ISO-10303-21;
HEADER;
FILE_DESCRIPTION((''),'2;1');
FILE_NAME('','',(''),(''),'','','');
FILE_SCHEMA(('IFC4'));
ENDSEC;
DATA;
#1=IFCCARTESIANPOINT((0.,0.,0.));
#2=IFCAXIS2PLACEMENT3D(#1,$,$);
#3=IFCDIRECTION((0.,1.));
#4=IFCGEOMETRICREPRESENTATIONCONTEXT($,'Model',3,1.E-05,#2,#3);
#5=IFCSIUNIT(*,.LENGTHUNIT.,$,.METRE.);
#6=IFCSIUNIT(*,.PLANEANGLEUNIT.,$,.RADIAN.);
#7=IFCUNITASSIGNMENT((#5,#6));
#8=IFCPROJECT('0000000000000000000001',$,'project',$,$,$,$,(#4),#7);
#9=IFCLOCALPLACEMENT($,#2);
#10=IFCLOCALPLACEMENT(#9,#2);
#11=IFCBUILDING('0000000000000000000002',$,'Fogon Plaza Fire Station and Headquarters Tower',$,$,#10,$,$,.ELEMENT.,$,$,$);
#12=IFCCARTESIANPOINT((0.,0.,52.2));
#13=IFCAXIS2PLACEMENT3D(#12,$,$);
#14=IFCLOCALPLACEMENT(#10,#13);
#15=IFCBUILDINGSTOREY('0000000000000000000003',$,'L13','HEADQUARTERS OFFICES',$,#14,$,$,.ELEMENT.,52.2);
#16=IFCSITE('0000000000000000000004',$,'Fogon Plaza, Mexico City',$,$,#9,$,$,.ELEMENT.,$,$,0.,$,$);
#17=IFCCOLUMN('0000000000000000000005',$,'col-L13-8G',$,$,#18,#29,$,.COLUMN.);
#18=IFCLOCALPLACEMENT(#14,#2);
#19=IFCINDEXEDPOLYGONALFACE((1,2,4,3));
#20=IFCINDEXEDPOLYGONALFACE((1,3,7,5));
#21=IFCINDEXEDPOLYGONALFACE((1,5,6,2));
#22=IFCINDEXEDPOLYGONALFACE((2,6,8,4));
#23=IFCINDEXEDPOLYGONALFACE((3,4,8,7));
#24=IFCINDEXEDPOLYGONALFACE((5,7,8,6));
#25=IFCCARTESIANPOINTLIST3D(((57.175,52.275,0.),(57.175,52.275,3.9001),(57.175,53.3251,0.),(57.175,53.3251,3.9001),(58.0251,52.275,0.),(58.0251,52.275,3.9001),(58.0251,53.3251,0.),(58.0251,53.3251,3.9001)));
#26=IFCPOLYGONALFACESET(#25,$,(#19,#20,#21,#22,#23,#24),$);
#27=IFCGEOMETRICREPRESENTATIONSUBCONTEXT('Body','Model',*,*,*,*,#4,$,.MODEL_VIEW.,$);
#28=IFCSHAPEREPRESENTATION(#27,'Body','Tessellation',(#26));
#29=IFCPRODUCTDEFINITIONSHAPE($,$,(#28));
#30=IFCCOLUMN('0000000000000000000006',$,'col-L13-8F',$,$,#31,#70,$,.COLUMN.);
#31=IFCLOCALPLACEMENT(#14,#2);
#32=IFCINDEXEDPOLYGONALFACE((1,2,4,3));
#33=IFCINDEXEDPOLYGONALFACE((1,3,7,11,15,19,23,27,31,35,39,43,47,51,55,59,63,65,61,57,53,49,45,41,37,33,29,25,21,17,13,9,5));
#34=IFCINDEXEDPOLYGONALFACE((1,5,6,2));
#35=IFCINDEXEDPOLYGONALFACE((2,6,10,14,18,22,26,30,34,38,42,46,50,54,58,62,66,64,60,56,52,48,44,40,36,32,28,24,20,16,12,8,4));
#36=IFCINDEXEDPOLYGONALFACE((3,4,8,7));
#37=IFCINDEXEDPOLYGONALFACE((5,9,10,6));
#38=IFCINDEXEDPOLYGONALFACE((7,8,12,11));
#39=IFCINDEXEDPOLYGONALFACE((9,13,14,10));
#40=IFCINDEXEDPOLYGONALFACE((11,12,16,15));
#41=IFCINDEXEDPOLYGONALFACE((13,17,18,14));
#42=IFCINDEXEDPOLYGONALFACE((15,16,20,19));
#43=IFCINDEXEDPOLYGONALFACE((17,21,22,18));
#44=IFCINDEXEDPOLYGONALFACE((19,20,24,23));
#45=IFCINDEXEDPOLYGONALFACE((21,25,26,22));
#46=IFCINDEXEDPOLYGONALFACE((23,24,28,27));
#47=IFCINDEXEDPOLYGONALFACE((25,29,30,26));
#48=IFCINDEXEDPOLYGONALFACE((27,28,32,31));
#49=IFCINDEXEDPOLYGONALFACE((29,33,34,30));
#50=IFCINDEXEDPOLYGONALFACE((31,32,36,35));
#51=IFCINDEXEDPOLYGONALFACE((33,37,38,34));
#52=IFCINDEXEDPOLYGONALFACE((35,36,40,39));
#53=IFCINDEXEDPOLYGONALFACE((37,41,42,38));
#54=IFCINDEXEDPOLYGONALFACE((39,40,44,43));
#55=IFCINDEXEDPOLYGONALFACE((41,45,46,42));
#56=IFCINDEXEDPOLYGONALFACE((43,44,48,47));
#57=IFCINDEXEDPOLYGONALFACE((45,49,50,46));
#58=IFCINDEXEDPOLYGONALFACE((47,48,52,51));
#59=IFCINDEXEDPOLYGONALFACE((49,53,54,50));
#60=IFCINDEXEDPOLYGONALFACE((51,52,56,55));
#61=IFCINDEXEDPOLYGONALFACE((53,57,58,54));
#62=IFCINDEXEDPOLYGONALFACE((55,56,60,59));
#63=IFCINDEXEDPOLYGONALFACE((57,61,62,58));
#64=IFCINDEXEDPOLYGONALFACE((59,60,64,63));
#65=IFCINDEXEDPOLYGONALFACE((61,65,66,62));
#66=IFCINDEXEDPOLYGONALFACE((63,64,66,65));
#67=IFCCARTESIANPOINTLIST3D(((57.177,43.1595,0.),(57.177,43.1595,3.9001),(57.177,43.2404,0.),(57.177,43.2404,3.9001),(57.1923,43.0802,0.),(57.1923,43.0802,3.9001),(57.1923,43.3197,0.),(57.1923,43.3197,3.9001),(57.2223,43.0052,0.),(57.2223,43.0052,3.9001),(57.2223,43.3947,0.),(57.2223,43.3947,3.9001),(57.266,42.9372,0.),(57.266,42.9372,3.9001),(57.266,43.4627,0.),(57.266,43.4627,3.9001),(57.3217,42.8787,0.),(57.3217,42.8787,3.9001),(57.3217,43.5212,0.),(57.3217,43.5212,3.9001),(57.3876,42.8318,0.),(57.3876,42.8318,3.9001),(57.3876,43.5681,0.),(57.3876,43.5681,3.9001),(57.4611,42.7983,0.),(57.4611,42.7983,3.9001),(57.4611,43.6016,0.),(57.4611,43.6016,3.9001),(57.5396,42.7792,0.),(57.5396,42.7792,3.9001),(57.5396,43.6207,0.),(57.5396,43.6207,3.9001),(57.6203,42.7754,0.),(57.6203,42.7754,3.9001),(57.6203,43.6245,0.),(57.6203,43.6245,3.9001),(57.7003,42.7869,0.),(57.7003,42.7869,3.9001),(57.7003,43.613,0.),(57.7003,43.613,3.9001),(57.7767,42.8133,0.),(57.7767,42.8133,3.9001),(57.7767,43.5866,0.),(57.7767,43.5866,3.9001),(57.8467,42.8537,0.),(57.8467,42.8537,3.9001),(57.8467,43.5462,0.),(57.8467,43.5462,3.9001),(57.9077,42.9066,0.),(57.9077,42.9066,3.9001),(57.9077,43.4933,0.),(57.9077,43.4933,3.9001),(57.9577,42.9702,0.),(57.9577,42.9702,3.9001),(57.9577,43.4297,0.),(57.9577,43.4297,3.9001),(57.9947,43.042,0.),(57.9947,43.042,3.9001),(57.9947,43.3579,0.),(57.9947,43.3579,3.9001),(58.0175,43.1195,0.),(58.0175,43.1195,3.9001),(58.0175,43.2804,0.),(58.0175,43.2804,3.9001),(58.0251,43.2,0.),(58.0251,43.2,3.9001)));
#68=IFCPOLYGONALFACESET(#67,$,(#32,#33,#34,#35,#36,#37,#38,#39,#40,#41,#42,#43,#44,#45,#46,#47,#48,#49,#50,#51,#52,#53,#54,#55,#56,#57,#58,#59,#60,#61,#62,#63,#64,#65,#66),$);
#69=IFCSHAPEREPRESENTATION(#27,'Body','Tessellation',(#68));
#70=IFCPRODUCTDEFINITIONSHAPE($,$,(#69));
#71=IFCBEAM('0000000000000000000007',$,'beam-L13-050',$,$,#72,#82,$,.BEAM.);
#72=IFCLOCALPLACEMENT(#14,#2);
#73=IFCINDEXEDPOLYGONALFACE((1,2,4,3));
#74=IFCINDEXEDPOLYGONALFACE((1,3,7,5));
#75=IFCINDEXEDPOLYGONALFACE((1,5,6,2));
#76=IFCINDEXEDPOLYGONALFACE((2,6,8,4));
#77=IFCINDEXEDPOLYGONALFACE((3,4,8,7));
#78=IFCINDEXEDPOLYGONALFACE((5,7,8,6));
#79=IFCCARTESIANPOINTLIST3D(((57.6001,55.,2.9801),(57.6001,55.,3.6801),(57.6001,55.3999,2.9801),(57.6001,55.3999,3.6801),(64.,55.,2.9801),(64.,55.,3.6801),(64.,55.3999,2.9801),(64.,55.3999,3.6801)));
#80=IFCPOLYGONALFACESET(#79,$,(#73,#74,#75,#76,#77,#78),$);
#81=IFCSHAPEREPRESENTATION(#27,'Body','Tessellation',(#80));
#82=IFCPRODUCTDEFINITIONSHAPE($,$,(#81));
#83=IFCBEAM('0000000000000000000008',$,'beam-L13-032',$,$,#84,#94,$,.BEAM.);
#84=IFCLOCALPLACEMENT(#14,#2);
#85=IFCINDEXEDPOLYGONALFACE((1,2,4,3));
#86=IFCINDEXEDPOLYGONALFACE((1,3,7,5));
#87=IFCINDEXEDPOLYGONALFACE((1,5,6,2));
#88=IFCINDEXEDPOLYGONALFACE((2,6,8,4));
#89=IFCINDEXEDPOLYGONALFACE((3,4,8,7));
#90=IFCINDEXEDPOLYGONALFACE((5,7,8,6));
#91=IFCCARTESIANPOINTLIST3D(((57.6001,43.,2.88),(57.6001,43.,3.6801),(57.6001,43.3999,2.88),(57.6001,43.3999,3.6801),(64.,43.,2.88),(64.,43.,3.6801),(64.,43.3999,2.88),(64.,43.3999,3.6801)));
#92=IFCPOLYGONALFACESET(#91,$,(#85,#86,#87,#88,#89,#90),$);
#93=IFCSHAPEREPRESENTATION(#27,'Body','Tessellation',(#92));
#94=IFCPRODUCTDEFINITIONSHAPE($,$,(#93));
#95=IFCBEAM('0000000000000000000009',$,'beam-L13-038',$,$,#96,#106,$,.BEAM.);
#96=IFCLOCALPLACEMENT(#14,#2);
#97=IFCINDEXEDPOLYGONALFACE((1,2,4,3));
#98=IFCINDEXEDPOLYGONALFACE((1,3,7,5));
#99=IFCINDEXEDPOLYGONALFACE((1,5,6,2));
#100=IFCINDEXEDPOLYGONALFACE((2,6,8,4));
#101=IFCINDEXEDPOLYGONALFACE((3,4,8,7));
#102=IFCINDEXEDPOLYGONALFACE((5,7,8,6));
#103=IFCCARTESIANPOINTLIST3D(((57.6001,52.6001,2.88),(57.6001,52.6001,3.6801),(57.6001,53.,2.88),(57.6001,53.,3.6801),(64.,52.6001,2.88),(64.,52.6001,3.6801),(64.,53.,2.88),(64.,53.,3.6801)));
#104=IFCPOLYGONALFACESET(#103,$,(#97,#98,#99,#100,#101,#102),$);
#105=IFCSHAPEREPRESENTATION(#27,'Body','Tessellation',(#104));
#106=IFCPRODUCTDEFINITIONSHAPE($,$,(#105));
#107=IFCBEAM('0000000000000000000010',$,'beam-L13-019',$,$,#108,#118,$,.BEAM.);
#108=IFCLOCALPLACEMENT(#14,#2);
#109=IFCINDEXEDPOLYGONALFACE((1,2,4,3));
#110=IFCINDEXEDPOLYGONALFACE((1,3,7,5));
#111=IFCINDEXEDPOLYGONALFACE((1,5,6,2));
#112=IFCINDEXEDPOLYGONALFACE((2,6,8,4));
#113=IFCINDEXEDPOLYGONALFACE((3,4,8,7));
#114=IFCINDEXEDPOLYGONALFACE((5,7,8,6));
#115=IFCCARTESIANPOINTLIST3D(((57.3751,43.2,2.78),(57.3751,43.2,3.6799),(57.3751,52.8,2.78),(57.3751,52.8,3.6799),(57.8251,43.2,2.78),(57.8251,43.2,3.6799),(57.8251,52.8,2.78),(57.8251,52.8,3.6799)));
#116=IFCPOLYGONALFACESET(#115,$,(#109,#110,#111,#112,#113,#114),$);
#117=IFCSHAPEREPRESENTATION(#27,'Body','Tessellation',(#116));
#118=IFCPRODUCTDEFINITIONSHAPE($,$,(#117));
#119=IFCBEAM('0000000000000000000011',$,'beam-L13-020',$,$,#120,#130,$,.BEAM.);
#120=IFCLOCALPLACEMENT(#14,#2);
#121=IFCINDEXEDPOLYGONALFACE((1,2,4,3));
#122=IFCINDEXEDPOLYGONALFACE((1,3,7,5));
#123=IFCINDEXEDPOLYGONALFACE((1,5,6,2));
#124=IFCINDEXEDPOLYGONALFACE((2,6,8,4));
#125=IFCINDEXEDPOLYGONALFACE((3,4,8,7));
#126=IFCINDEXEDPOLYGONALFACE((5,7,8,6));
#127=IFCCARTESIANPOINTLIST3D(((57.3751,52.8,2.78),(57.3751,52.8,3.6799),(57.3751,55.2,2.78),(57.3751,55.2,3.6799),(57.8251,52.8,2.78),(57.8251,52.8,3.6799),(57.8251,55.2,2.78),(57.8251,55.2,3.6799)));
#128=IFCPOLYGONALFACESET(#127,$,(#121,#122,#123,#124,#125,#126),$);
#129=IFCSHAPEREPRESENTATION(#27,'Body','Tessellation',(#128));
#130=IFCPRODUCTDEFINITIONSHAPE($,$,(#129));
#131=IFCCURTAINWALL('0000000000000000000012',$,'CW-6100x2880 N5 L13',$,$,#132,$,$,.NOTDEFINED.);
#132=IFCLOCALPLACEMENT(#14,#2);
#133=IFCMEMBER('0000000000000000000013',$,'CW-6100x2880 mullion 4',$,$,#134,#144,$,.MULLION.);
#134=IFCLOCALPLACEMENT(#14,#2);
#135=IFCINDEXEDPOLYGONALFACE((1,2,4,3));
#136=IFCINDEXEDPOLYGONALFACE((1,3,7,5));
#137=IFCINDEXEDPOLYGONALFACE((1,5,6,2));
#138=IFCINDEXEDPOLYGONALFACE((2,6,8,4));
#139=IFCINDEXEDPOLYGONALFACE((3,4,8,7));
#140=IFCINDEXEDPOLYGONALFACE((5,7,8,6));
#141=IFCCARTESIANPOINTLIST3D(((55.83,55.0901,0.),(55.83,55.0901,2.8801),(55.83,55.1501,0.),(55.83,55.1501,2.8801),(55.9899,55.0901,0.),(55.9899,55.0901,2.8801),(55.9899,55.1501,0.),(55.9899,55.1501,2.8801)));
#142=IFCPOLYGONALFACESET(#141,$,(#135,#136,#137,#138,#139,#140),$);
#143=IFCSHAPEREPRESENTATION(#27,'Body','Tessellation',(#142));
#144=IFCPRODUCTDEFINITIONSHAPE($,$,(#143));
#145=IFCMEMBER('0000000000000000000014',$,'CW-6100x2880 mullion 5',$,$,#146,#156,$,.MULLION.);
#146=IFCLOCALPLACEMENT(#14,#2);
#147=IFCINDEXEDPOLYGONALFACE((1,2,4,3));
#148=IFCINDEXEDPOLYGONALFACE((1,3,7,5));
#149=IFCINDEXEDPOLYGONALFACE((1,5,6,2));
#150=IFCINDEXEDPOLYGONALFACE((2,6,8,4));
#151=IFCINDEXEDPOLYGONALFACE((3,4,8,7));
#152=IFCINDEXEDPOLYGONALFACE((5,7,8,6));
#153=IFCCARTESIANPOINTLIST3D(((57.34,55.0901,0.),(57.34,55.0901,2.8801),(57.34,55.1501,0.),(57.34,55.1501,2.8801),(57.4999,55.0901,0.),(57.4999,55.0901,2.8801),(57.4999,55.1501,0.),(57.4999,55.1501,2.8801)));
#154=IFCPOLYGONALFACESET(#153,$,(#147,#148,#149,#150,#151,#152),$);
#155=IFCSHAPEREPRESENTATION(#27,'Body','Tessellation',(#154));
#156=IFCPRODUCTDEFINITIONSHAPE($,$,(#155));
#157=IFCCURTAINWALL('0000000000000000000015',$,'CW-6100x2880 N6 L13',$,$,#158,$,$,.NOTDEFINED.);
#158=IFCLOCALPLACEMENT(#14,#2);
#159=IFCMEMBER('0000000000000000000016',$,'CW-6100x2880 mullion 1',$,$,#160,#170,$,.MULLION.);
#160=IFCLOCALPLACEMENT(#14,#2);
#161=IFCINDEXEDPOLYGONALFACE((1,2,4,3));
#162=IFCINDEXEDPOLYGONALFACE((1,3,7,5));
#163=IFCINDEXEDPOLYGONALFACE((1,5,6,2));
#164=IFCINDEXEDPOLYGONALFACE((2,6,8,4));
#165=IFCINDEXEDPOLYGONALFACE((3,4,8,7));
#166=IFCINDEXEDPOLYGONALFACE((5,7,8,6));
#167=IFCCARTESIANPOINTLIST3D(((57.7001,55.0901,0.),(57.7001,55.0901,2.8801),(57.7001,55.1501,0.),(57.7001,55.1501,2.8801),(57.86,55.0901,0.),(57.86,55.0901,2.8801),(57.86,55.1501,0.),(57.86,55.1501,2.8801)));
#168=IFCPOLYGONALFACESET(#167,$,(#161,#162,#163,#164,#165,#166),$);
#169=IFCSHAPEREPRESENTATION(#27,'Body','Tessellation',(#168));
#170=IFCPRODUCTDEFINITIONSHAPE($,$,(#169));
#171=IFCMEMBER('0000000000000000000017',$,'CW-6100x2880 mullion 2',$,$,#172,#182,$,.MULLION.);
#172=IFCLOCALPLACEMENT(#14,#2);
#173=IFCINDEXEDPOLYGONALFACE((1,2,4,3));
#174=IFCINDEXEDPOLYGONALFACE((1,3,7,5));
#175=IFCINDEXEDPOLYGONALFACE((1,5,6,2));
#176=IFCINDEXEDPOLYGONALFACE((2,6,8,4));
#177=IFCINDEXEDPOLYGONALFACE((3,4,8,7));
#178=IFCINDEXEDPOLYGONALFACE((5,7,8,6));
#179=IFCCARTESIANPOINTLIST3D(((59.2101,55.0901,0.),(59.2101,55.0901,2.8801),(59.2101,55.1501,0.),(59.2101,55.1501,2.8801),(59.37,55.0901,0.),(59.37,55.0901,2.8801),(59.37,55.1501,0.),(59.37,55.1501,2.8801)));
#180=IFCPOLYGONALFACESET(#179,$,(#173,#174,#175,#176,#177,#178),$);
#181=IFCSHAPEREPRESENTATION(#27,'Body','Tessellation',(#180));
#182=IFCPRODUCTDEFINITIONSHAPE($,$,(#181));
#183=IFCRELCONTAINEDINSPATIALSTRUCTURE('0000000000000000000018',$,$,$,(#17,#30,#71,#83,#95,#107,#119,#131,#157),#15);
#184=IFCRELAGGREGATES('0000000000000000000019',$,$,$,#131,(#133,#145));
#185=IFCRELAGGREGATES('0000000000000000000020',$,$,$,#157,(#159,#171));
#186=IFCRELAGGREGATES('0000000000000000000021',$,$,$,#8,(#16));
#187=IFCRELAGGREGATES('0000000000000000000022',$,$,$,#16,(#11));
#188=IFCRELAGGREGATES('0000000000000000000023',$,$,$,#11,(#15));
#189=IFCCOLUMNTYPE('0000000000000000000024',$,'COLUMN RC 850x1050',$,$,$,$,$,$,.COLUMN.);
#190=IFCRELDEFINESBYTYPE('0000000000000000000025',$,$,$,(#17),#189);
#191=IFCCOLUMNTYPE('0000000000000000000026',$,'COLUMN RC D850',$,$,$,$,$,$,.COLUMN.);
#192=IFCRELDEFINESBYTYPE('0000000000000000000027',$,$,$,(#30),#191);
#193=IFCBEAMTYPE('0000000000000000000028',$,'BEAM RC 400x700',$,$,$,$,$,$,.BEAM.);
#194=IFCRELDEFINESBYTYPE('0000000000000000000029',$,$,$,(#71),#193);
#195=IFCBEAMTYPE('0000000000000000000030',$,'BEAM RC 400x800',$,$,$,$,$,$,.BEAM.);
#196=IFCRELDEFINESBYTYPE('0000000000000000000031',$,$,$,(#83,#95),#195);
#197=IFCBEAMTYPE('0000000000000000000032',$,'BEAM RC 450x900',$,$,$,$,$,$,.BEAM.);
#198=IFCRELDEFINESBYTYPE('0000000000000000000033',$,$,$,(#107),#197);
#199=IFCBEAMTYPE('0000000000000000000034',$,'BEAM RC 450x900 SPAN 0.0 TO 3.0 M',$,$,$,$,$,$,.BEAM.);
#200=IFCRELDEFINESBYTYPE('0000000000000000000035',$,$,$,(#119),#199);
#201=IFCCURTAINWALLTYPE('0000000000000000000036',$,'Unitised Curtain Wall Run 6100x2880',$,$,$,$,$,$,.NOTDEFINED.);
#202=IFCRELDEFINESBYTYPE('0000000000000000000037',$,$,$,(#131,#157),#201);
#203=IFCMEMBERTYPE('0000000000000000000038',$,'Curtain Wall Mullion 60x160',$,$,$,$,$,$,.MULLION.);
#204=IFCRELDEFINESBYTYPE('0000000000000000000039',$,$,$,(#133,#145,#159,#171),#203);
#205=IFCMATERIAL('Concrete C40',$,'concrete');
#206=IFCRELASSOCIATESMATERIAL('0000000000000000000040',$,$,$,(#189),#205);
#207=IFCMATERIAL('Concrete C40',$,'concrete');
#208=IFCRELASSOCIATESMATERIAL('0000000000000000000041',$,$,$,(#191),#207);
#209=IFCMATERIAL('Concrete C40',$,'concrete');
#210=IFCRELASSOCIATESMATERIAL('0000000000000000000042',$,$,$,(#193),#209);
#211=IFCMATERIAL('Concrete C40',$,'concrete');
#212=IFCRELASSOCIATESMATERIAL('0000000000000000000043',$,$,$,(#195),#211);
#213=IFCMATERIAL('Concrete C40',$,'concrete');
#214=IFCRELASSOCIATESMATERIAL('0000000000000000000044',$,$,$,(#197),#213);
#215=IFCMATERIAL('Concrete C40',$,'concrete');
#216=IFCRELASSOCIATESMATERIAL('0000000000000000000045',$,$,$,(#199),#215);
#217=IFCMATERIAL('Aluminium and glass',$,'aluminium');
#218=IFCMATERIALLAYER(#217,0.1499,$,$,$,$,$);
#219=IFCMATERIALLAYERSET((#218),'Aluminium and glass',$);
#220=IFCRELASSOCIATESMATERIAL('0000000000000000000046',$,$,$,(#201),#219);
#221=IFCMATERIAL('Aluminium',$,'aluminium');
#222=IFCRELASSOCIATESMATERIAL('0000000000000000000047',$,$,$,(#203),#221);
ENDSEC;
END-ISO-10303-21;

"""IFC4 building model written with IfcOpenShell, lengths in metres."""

from ifc_helpers import new_model, si_unit, direction, frame, origin, origin_2d, place, context, subcontext, project, spatial, rectangle, circle, extrude, material, layer, layer_set, material_profile, profile_set, type_object, element, aggregate, save


model = new_model("IFC4")

# Units and contexts
model_context = context("Model", 3, precision=1e-05, world=origin(), true_north=direction((0.0, 1.0)))
body_context = subcontext(model_context, "Body", "Model", "MODEL_VIEW")
ifc_project = project(units=[si_unit("LENGTHUNIT", "METRE"), si_unit("PLANEANGLEUNIT", "RADIAN")], contexts=[model_context])

# Site, building, storey
site_placement = place(None, origin())
site = spatial("IfcSite", under=ifc_project, at=site_placement, Name="Fogon Plaza, Mexico City", CompositionType="ELEMENT", RefElevation=0.0)
building_placement = place(site_placement, origin())
building = spatial("IfcBuilding", under=site, at=building_placement, Name="Fogon Plaza Fire Station and Headquarters Tower", CompositionType="ELEMENT")
storey_placement = place(building_placement, frame((0.0, 0.0, 52.2)))
storey = spatial("IfcBuildingStorey", under=building, at=storey_placement, Name="L13", Description="HEADQUARTERS OFFICES", CompositionType="ELEMENT", Elevation=52.2)

# Columns
ifc_material_1 = material(Name="Concrete C40", Category="concrete")
ifc_material_profile_1 = material_profile(ifc_material_1, rectangle(XDim=0.8501, YDim=1.05, at=origin_2d()), Name="RC 850x1050")
ifc_profile_set_1 = profile_set([ifc_material_profile_1], Name="Concrete C40")
column_type_1 = type_object("IfcColumnType", Name="COLUMN RC 850x1050", PredefinedType="COLUMN", material=ifc_profile_set_1)
column_1_placement = place(storey_placement, frame((57.6001, 52.8, 0.0), z_axis=(0.0, 0.0, 1.0), x_axis=(1.0, 0.0, 0.0)))
element("IfcColumn", 1, at=column_1_placement, inside=storey, type_object=column_type_1, Name="col-L13-8G", PredefinedType="COLUMN", context=body_context, shape_type="SweptSolid", body=[
    extrude(rectangle(XDim=0.8501, YDim=1.05, at=origin_2d()), origin(), (0.0, 0.0, 1.0), 3.9001),
])
ifc_material_2 = material(Name="Concrete C40", Category="concrete")
ifc_material_profile_2 = material_profile(ifc_material_2, circle(Radius=0.425, at=origin_2d()), Name="RC D850")
ifc_profile_set_2 = profile_set([ifc_material_profile_2], Name="Concrete C40")
column_type_2 = type_object("IfcColumnType", Name="COLUMN RC D850", PredefinedType="COLUMN", material=ifc_profile_set_2)
column_2_placement = place(storey_placement, frame((57.6001, 43.2, 0.0), z_axis=(0.0, 0.0, 1.0), x_axis=(1.0, 0.0, 0.0)))
element("IfcColumn", 2, at=column_2_placement, inside=storey, type_object=column_type_2, Name="col-L13-8F", PredefinedType="COLUMN", context=body_context, shape_type="SweptSolid", body=[
    extrude(circle(Radius=0.425, at=origin_2d()), origin(), (0.0, 0.0, 1.0), 3.9001),
])

# Beams
ifc_material_3 = material(Name="Concrete C40", Category="concrete")
ifc_material_profile_3 = material_profile(ifc_material_3, rectangle(XDim=0.3999, YDim=0.7, at=origin_2d()), Name="RC 400x700")
ifc_profile_set_3 = profile_set([ifc_material_profile_3], Name="Concrete C40")
beam_type_1 = type_object("IfcBeamType", Name="BEAM RC 400x700", PredefinedType="BEAM", material=ifc_profile_set_3)
beam_1_placement = place(storey_placement, frame((57.6001, 55.2, 3.3301), z_axis=(1.0, 0.0, 0.0), x_axis=(0.0, 1.0, 0.0)))
element("IfcBeam", 3, at=beam_1_placement, inside=storey, type_object=beam_type_1, Name="beam-L13-050", PredefinedType="BEAM", context=body_context, shape_type="SweptSolid", body=[
    extrude(rectangle(XDim=0.3999, YDim=0.7, at=origin_2d()), origin(), (0.0, 0.0, 1.0), 6.3999),
])
ifc_material_4 = material(Name="Concrete C40", Category="concrete")
ifc_material_profile_4 = material_profile(ifc_material_4, rectangle(XDim=0.3999, YDim=0.8, at=origin_2d()), Name="RC 400x800")
ifc_profile_set_4 = profile_set([ifc_material_profile_4], Name="Concrete C40")
beam_type_2 = type_object("IfcBeamType", Name="BEAM RC 400x800", PredefinedType="BEAM", material=ifc_profile_set_4)
for number, where, z_axis, x_axis, name in (
    (4, (57.6001, 43.2, 3.28), (1.0, 0.0, 0.0), (0.0, 1.0, 0.0), "beam-L13-032"),
    (5, (57.6001, 52.8, 3.28), (1.0, 0.0, 0.0), (0.0, 1.0, 0.0), "beam-L13-038"),
):
    element("IfcBeam", number, at=place(storey_placement, frame(where, z_axis=z_axis, x_axis=x_axis)), inside=storey, type_object=beam_type_2, Name=name, PredefinedType="BEAM", context=body_context, shape_type="SweptSolid", body=[
        extrude(rectangle(XDim=0.3999, YDim=0.8, at=origin_2d()), origin(), (0.0, 0.0, 1.0), 6.3999),
    ])
ifc_material_5 = material(Name="Concrete C40", Category="concrete")
ifc_material_profile_5 = material_profile(ifc_material_5, rectangle(XDim=0.45, YDim=0.8999, at=origin_2d()), Name="RC 450x900")
ifc_profile_set_5 = profile_set([ifc_material_profile_5], Name="Concrete C40")
beam_type_3 = type_object("IfcBeamType", Name="BEAM RC 450x900", PredefinedType="BEAM", material=ifc_profile_set_5)
beam_2_placement = place(storey_placement, frame((57.6001, 43.2, 3.23), z_axis=(0.0, 1.0, 0.0), x_axis=(-1.0, 0.0, 0.0)))
element("IfcBeam", 6, at=beam_2_placement, inside=storey, type_object=beam_type_3, Name="beam-L13-019", PredefinedType="BEAM", context=body_context, shape_type="SweptSolid", body=[
    extrude(rectangle(XDim=0.45, YDim=0.8999, at=origin_2d()), origin(), (0.0, 0.0, 1.0), 9.6001),
])
ifc_material_6 = material(Name="Concrete C40", Category="concrete")
ifc_material_profile_6 = material_profile(ifc_material_6, rectangle(XDim=0.45, YDim=0.8999, at=origin_2d()), Name="RC 450x900")
ifc_profile_set_6 = profile_set([ifc_material_profile_6], Name="Concrete C40")
beam_type_4 = type_object("IfcBeamType", Name="BEAM RC 450x900 SPAN 0.0 TO 3.0 M", PredefinedType="BEAM", material=ifc_profile_set_6)
beam_3_placement = place(storey_placement, frame((57.6001, 52.8, 3.23), z_axis=(0.0, 1.0, 0.0), x_axis=(-1.0, 0.0, 0.0)))
element("IfcBeam", 7, at=beam_3_placement, inside=storey, type_object=beam_type_4, Name="beam-L13-020", PredefinedType="BEAM", context=body_context, shape_type="SweptSolid", body=[
    extrude(rectangle(XDim=0.45, YDim=0.8999, at=origin_2d()), origin(), (0.0, 0.0, 1.0), 2.3999),
])

# Curtain walls, members
ifc_material_7 = material(Name="Aluminium and glass", Category="aluminium")
ifc_layer_1 = layer(ifc_material_7, 0.1499)
ifc_layer_set_1 = layer_set([ifc_layer_1], Name="Aluminium and glass")
curtain_wall_type = type_object("IfcCurtainWallType", Name="Unitised Curtain Wall Run 6100x2880", PredefinedType="NOTDEFINED", material=ifc_layer_set_1)
curtain_wall_1_placement = place(storey_placement, origin())
curtain_wall_1 = element("IfcCurtainWall", 8, at=curtain_wall_1_placement, inside=storey, type_object=curtain_wall_type, Name="CW-6100x2880 N5 L13", PredefinedType="NOTDEFINED")
ifc_material_8 = material(Name="Aluminium", Category="aluminium")
ifc_material_profile_7 = material_profile(ifc_material_8, rectangle(XDim=0.0601, YDim=0.1599, at=origin_2d()), Name="Curtain Wall Mullion 60x160")
ifc_profile_set_7 = profile_set([ifc_material_profile_7], Name="Aluminium")
member_type_1 = type_object("IfcMemberType", Name="Curtain Wall Mullion 60x160", PredefinedType="MULLION", material=ifc_profile_set_7)
member_1_placement = place(storey_placement, frame((55.9099, 55.1201, 0.0), z_axis=(0.0, 0.0, 1.0), x_axis=(0.0, 1.0, 0.0)))
member_1 = element("IfcMember", 9, at=member_1_placement, type_object=member_type_1, Name="CW-6100x2880 mullion 4", PredefinedType="MULLION", context=body_context, shape_type="SweptSolid", body=[
    extrude(rectangle(XDim=0.0601, YDim=0.1599, at=origin_2d()), origin(), (0.0, 0.0, 1.0), 2.8801),
])
member_2_placement = place(storey_placement, frame((57.4199, 55.1201, 0.0), z_axis=(0.0, 0.0, 1.0), x_axis=(0.0, 1.0, 0.0)))
member_2 = element("IfcMember", 10, at=member_2_placement, type_object=member_type_1, Name="CW-6100x2880 mullion 5", PredefinedType="MULLION", context=body_context, shape_type="SweptSolid", body=[
    extrude(rectangle(XDim=0.0601, YDim=0.1599, at=origin_2d()), origin(), (0.0, 0.0, 1.0), 2.8801),
])
curtain_wall_2_placement = place(storey_placement, origin())
curtain_wall_2 = element("IfcCurtainWall", 11, at=curtain_wall_2_placement, inside=storey, type_object=curtain_wall_type, Name="CW-6100x2880 N6 L13", PredefinedType="NOTDEFINED")
member_3_placement = place(storey_placement, frame((57.78, 55.1201, 0.0), z_axis=(0.0, 0.0, 1.0), x_axis=(0.0, 1.0, 0.0)))
member_3 = element("IfcMember", 12, at=member_3_placement, type_object=member_type_1, Name="CW-6100x2880 mullion 1", PredefinedType="MULLION", context=body_context, shape_type="SweptSolid", body=[
    extrude(rectangle(XDim=0.0601, YDim=0.1599, at=origin_2d()), origin(), (0.0, 0.0, 1.0), 2.8801),
])
member_4_placement = place(storey_placement, frame((59.29, 55.1201, 0.0), z_axis=(0.0, 0.0, 1.0), x_axis=(0.0, 1.0, 0.0)))
member_4 = element("IfcMember", 13, at=member_4_placement, type_object=member_type_1, Name="CW-6100x2880 mullion 2", PredefinedType="MULLION", context=body_context, shape_type="SweptSolid", body=[
    extrude(rectangle(XDim=0.0601, YDim=0.1599, at=origin_2d()), origin(), (0.0, 0.0, 1.0), 2.8801),
])

aggregate(curtain_wall_1, [member_1, member_2])
aggregate(curtain_wall_2, [member_3, member_4])

save(model, "model.ifc")
